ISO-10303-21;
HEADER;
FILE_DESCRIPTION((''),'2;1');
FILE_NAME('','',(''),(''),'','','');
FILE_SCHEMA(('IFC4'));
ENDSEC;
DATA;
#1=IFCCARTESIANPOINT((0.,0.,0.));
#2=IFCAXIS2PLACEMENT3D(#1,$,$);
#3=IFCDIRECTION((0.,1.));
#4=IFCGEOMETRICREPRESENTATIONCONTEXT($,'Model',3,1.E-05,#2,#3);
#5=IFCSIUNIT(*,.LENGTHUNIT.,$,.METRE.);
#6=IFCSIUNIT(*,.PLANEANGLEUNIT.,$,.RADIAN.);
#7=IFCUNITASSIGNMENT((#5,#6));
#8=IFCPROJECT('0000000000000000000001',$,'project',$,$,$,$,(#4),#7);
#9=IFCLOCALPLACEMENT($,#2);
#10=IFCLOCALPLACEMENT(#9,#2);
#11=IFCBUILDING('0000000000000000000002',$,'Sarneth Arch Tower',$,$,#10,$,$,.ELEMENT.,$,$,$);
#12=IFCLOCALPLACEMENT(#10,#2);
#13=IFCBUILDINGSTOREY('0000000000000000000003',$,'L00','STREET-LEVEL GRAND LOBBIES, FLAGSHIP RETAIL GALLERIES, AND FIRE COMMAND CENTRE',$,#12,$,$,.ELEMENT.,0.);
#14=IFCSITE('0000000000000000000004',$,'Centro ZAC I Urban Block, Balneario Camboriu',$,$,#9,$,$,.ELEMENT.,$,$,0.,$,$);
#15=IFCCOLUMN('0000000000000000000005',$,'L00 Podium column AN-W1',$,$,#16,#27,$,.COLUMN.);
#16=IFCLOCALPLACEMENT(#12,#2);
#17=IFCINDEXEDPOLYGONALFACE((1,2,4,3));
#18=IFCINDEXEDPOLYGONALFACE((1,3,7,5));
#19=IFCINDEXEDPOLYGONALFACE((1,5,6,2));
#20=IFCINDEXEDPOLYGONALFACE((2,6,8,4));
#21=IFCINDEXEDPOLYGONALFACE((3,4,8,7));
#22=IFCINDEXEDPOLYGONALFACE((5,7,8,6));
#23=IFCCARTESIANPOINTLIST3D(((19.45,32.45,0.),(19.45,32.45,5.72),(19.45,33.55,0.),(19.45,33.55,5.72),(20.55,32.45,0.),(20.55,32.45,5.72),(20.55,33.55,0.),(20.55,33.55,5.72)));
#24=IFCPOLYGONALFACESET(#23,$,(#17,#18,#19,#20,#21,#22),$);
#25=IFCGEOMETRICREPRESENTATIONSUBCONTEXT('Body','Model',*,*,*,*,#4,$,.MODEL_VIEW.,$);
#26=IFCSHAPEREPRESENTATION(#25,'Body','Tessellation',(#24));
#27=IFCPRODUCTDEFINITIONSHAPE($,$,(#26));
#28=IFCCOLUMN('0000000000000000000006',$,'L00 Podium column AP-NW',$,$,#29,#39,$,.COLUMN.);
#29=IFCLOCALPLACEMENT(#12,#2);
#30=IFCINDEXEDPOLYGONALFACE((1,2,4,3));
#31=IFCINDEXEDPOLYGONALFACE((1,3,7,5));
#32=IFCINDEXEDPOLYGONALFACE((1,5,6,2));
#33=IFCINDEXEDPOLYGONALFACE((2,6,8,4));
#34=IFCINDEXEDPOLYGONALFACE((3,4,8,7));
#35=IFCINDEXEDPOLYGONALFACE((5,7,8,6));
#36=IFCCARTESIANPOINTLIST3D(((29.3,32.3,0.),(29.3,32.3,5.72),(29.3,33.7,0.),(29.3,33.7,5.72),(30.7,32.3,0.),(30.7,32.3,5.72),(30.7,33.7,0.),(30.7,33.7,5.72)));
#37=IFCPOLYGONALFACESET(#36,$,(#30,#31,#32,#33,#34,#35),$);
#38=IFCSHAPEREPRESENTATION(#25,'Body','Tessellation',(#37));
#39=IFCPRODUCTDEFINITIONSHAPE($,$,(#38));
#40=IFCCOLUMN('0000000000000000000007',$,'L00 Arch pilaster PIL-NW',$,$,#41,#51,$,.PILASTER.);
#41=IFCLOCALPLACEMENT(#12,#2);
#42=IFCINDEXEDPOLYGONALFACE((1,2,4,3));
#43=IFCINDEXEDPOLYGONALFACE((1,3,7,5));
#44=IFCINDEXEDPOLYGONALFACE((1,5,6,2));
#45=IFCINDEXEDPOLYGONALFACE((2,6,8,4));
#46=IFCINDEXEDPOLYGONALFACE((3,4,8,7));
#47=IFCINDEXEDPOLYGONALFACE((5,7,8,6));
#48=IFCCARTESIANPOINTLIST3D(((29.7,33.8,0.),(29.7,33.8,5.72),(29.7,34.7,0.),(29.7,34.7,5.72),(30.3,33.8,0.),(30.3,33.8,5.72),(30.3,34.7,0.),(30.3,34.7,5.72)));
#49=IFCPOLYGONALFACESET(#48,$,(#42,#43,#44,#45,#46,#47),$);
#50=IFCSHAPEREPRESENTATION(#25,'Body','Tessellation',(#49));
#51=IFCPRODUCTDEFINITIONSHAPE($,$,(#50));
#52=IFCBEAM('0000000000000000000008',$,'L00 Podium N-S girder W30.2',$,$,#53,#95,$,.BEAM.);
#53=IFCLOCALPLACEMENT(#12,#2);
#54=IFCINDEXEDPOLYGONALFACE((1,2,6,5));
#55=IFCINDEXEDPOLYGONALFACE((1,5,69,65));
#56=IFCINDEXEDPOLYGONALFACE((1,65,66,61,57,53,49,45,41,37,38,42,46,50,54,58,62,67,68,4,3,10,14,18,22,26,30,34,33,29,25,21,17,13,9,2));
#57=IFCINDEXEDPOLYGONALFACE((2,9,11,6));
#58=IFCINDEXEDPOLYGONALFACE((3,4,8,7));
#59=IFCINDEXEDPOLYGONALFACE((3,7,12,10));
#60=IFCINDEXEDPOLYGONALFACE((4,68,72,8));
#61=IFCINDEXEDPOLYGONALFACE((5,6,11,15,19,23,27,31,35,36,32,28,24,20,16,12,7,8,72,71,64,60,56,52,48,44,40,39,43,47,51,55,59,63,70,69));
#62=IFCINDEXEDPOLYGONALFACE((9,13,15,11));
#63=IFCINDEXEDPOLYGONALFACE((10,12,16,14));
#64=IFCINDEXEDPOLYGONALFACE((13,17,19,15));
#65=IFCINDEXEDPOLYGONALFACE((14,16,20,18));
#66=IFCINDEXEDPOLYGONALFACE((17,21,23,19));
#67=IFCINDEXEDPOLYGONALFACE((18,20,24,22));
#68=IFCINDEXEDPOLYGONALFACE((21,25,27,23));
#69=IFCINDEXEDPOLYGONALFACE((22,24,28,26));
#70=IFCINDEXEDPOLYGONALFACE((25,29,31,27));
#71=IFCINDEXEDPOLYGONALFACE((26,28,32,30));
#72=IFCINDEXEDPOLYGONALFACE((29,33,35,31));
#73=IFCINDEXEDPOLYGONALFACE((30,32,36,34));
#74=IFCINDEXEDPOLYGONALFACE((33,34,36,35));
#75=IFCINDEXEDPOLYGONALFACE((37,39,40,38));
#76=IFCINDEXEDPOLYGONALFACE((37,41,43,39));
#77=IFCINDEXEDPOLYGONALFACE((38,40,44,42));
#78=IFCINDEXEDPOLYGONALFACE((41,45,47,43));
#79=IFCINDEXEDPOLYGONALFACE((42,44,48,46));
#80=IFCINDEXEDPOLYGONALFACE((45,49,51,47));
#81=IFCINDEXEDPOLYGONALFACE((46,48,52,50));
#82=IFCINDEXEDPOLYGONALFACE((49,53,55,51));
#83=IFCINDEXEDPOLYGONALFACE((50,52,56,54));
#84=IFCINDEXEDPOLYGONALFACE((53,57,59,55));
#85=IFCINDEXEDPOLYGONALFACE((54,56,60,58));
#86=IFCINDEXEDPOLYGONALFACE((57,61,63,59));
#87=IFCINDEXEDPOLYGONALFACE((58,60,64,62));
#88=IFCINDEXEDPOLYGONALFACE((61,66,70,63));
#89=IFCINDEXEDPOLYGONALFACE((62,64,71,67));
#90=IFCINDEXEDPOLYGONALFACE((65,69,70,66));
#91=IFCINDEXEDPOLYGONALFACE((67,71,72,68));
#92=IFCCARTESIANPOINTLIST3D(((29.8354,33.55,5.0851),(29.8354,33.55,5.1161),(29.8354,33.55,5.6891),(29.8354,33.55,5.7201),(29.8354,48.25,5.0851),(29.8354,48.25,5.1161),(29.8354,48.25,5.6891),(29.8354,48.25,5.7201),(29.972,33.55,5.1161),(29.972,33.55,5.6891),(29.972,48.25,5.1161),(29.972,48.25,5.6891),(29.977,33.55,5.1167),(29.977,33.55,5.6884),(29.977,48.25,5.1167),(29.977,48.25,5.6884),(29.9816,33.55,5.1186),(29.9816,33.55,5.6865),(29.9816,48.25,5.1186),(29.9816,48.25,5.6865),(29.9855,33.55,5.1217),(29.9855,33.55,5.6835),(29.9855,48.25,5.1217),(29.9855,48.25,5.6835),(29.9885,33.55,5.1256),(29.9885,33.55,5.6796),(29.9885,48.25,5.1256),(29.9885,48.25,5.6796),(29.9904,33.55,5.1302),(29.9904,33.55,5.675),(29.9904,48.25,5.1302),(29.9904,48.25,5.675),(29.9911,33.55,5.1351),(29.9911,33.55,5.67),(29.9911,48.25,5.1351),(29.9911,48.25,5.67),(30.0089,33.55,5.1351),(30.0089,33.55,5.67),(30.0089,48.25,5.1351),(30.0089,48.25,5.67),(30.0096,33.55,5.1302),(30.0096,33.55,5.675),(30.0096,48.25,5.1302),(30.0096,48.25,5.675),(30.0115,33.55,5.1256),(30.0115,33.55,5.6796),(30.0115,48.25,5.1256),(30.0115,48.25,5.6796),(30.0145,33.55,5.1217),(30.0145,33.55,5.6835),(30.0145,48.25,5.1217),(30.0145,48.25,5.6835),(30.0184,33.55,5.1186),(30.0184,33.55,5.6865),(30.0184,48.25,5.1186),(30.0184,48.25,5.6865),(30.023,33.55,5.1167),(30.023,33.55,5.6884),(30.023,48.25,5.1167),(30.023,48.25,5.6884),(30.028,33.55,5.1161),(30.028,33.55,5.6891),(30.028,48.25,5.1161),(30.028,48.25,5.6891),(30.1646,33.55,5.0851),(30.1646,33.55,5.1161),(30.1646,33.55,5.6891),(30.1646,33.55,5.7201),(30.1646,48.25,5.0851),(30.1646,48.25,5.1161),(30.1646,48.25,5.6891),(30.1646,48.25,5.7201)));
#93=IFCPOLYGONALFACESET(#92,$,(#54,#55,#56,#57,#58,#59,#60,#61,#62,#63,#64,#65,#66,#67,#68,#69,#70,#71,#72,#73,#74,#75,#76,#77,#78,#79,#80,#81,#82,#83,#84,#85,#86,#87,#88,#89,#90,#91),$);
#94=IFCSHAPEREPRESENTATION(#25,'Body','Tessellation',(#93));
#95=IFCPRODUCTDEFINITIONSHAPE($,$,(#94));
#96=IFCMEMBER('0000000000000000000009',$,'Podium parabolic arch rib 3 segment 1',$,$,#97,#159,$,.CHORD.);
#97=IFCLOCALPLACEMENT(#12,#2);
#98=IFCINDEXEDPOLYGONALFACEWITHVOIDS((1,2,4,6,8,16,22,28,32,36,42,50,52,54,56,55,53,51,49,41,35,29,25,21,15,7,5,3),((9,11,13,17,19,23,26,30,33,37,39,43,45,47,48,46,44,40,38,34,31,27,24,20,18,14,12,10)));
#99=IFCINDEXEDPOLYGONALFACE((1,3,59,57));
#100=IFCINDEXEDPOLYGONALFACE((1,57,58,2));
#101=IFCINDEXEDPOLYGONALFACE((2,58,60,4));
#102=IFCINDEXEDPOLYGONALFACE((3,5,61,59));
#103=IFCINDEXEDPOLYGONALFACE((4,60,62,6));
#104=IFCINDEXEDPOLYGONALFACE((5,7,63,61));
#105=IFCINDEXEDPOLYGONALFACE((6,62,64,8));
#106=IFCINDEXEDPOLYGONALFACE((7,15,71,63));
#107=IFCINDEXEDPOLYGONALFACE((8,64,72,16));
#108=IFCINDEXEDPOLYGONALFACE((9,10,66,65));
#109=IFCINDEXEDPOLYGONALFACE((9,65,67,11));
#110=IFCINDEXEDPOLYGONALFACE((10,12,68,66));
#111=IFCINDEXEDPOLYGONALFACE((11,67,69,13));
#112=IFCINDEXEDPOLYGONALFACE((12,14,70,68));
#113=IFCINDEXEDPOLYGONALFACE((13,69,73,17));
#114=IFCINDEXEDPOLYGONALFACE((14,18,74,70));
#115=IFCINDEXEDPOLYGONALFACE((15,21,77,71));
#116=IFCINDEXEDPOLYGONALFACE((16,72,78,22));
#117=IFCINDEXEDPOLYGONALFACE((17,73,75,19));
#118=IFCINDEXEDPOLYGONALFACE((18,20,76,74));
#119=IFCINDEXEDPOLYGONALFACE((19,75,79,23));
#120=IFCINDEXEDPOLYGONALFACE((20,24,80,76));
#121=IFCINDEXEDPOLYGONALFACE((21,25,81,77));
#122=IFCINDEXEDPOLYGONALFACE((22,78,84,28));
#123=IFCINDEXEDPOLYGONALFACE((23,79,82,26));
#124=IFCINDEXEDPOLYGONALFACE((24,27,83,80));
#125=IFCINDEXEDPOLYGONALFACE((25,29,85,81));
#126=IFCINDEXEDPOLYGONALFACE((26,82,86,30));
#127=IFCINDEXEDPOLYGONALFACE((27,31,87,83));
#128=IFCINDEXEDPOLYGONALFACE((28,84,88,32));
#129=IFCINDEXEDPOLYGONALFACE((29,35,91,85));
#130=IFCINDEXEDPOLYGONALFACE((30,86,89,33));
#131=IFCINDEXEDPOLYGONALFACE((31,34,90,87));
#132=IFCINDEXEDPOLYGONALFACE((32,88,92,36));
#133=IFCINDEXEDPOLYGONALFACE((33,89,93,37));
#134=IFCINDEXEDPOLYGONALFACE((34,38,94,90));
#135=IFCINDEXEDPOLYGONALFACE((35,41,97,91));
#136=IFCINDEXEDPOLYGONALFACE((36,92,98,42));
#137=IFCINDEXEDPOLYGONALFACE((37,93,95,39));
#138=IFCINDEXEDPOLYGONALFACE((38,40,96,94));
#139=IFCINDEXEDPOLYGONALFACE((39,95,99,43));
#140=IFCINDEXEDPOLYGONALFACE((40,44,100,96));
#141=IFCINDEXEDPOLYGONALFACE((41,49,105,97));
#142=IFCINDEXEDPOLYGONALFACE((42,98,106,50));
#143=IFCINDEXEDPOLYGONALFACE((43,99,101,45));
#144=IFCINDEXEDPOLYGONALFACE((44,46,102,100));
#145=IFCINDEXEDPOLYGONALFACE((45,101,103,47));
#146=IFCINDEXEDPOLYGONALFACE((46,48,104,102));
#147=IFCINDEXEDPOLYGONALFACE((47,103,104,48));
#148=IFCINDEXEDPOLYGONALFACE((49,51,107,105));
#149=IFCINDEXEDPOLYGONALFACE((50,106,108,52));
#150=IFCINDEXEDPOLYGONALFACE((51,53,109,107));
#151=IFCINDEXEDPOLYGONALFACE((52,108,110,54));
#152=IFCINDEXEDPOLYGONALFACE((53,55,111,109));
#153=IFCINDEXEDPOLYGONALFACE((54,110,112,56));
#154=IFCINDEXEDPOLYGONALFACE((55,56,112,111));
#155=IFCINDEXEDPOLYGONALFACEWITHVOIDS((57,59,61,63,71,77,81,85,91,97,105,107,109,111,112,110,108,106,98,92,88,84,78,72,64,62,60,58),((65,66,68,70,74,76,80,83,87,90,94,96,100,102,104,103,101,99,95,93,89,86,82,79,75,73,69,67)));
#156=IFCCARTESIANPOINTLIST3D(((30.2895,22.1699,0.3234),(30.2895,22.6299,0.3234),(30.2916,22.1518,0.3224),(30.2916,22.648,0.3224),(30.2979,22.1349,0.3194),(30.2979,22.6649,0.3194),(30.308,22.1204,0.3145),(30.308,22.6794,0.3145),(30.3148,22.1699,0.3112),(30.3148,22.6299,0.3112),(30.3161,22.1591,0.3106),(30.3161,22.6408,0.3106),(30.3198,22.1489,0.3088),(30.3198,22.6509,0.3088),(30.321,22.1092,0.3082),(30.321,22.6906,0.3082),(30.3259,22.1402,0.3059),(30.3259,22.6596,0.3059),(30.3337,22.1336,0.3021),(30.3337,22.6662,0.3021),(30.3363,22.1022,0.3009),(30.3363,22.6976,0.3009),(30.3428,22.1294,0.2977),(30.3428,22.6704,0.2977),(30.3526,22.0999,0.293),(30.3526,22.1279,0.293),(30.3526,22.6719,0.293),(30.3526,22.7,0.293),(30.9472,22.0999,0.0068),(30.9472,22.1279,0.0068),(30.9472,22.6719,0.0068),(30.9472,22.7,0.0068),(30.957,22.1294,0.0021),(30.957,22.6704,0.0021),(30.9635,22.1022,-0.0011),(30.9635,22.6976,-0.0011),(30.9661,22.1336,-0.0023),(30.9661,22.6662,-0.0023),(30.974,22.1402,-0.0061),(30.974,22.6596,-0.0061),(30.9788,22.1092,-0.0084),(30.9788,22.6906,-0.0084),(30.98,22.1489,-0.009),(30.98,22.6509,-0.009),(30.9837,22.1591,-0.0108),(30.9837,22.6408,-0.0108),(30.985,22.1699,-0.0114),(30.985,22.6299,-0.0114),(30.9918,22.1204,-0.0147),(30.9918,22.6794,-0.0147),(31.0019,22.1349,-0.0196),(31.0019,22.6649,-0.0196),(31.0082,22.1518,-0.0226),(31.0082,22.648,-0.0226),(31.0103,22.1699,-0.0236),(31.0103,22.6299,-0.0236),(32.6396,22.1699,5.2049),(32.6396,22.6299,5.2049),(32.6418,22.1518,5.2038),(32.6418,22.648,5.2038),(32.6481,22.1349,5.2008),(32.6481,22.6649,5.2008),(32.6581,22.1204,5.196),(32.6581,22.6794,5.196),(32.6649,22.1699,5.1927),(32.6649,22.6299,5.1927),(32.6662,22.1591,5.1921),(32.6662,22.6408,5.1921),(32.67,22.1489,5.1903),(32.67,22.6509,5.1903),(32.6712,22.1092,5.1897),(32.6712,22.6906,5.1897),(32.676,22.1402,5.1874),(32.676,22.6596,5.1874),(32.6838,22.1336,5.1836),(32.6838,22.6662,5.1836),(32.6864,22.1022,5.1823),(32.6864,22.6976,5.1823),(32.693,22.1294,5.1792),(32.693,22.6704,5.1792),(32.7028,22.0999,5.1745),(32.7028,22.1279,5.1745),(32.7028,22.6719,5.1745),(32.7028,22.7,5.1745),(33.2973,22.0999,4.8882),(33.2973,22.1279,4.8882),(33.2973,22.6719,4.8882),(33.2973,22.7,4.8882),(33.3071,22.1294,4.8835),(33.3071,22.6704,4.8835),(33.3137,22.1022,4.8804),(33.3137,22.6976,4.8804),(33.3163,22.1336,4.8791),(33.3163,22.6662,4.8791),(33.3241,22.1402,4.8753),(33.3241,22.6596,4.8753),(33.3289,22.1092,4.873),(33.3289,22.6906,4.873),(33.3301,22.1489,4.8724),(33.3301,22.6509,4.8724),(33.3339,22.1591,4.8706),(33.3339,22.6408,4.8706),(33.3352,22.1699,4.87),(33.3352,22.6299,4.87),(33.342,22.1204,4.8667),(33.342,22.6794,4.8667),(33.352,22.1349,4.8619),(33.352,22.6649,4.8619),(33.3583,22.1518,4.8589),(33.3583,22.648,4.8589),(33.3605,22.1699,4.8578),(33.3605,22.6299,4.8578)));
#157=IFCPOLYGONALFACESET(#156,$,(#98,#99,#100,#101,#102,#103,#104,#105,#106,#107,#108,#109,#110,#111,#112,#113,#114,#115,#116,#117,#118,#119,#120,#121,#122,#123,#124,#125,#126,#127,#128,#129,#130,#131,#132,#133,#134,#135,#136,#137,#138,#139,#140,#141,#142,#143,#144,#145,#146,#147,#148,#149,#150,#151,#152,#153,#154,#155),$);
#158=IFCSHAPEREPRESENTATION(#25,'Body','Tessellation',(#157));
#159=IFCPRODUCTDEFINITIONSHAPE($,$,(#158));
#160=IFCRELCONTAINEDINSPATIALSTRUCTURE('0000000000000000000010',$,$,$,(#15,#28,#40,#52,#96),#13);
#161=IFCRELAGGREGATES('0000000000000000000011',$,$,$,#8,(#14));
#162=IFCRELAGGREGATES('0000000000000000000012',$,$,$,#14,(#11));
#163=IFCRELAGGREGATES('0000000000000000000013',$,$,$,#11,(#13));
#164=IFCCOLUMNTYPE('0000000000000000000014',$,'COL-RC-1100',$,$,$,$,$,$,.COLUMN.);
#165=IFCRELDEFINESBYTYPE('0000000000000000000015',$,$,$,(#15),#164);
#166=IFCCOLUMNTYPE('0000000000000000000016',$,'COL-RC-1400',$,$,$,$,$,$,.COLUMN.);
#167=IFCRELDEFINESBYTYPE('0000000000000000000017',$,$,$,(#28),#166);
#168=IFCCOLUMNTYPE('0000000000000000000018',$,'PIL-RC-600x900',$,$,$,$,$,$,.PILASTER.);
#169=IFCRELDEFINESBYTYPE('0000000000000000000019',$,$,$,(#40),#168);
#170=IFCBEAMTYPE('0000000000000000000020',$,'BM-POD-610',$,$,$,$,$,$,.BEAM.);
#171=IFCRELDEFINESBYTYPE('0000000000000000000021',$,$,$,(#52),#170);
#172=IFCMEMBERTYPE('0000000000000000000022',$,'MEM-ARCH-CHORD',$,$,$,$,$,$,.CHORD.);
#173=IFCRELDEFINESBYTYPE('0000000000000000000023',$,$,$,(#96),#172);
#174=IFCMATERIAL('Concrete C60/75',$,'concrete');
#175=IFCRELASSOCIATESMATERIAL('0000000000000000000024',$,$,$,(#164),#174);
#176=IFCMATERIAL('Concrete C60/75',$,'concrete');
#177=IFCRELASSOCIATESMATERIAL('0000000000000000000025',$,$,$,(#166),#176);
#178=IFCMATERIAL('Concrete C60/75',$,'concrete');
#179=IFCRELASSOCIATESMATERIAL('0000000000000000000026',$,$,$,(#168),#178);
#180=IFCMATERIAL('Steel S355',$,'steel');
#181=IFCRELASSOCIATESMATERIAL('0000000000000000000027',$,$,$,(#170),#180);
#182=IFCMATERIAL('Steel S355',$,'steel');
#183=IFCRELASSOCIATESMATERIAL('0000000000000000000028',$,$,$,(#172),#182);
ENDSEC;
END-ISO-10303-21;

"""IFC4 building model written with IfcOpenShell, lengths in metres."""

from ifc_helpers import new_model, si_unit, direction, frame, origin, origin_2d, place, context, subcontext, project, spatial, rectangle, hollow_rectangle, i_section, extrude, material, material_profile, profile_set, type_object, element, save


model = new_model("IFC4")

# Units and contexts
model_context = context("Model", 3, precision=1e-05, world=origin(), true_north=direction((0.0, 1.0)))
body_context = subcontext(model_context, "Body", "Model", "MODEL_VIEW")
ifc_project = project(units=[si_unit("LENGTHUNIT", "METRE"), si_unit("PLANEANGLEUNIT", "RADIAN")], contexts=[model_context])

# Site, building, storey
site_placement = place(None, origin())
site = spatial("IfcSite", under=ifc_project, at=site_placement, Name="Centro ZAC I Urban Block, Balneario Camboriu", CompositionType="ELEMENT", RefElevation=0.0)
building_placement = place(site_placement, origin())
building = spatial("IfcBuilding", under=site, at=building_placement, Name="Sarneth Arch Tower", CompositionType="ELEMENT")
storey_placement = place(building_placement, origin())
storey = spatial("IfcBuildingStorey", under=building, at=storey_placement, Name="L00", Description="STREET-LEVEL GRAND LOBBIES, FLAGSHIP RETAIL GALLERIES, AND FIRE COMMAND CENTRE", CompositionType="ELEMENT", Elevation=0.0)

# Columns
ifc_material_1 = material(Name="Concrete C60/75", Category="concrete")
ifc_material_profile_1 = material_profile(ifc_material_1, rectangle(XDim=1.1001, YDim=1.1001, at=origin_2d()), Name="RC-1100x1100")
ifc_profile_set_1 = profile_set([ifc_material_profile_1], Name="Concrete C60/75")
column_type_1 = type_object("IfcColumnType", Name="COL-RC-1100", PredefinedType="COLUMN", material=ifc_profile_set_1)
column_1_placement = place(storey_placement, frame((20.0, 33.0, 0.0), z_axis=(0.0, 0.0, 1.0), x_axis=(1.0, 0.0, 0.0)))
element("IfcColumn", 1, at=column_1_placement, inside=storey, type_object=column_type_1, Name="L00 Podium column AN-W1", PredefinedType="COLUMN", context=body_context, shape_type="SweptSolid", body=[
    extrude(rectangle(XDim=1.1001, YDim=1.1001, at=origin_2d()), origin(), (0.0, 0.0, 1.0), 5.72),
])
ifc_material_2 = material(Name="Concrete C60/75", Category="concrete")
ifc_material_profile_2 = material_profile(ifc_material_2, rectangle(XDim=1.3999, YDim=1.3999, at=origin_2d()), Name="RC-1400x1400")
ifc_profile_set_2 = profile_set([ifc_material_profile_2], Name="Concrete C60/75")
column_type_2 = type_object("IfcColumnType", Name="COL-RC-1400", PredefinedType="COLUMN", material=ifc_profile_set_2)
column_2_placement = place(storey_placement, frame((30.0, 33.0, 0.0), z_axis=(0.0, 0.0, 1.0), x_axis=(1.0, 0.0, 0.0)))
element("IfcColumn", 2, at=column_2_placement, inside=storey, type_object=column_type_2, Name="L00 Podium column AP-NW", PredefinedType="COLUMN", context=body_context, shape_type="SweptSolid", body=[
    extrude(rectangle(XDim=1.3999, YDim=1.3999, at=origin_2d()), origin(), (0.0, 0.0, 1.0), 5.72),
])
ifc_material_3 = material(Name="Concrete C60/75", Category="concrete")
ifc_material_profile_3 = material_profile(ifc_material_3, rectangle(XDim=0.6001, YDim=0.8999, at=origin_2d()), Name="RC-600x900")
ifc_profile_set_3 = profile_set([ifc_material_profile_3], Name="Concrete C60/75")
column_type_3 = type_object("IfcColumnType", Name="PIL-RC-600x900", PredefinedType="PILASTER", material=ifc_profile_set_3)
column_3_placement = place(storey_placement, frame((30.0, 34.25, 0.0), z_axis=(0.0, 0.0, 1.0), x_axis=(1.0, 0.0, 0.0)))
element("IfcColumn", 3, at=column_3_placement, inside=storey, type_object=column_type_3, Name="L00 Arch pilaster PIL-NW", PredefinedType="PILASTER", context=body_context, shape_type="SweptSolid", body=[
    extrude(rectangle(XDim=0.6001, YDim=0.8999, at=origin_2d()), origin(), (0.0, 0.0, 1.0), 5.72),
])

# Beam
ifc_material_4 = material(Name="Steel S355", Category="steel")
ifc_material_profile_4 = material_profile(ifc_material_4, i_section(OverallWidth=0.3291, OverallDepth=0.635, WebThickness=0.0178, FlangeThickness=0.031, FilletRadius=0.019, at=origin_2d()), Name="W610x241")
ifc_profile_set_4 = profile_set([ifc_material_profile_4], Name="Steel S355")
beam_type = type_object("IfcBeamType", Name="BM-POD-610", PredefinedType="BEAM", material=ifc_profile_set_4)
beam_placement = place(storey_placement, frame((30.0, 33.55, 5.4026), z_axis=(0.0, 1.0, 0.0), x_axis=(-1.0, 0.0, 0.0)))
element("IfcBeam", 4, at=beam_placement, inside=storey, type_object=beam_type, Name="L00 Podium N-S girder W30.2", PredefinedType="BEAM", context=body_context, shape_type="SweptSolid", body=[
    extrude(i_section(OverallWidth=0.3291, OverallDepth=0.635, WebThickness=0.0178, FlangeThickness=0.031, FilletRadius=0.019, at=origin_2d()), origin(), (0.0, 0.0, 1.0), 14.7),
])

# Member
ifc_material_5 = material(Name="Steel S355", Category="steel")
ifc_material_profile_5 = material_profile(ifc_material_5, hollow_rectangle(XDim=0.6001, YDim=0.8, WallThickness=0.0281, InnerFilletRadius=0.042, OuterFilletRadius=0.0701, at=origin_2d()), Name="RHS800x600x28")
ifc_profile_set_5 = profile_set([ifc_material_profile_5], Name="Steel S355")
member_type = type_object("IfcMemberType", Name="MEM-ARCH-CHORD", PredefinedType="CHORD", material=ifc_profile_set_5)
for number, where, z_axis, x_axis, name in (
    (5, (30.6499, 22.3999, 0.1499), (0.433789, 0.0, 0.901015), (0.0, 1.0, 0.0), "Podium parabolic arch rib 3 segment 1"),
):
    element("IfcMember", number, at=place(storey_placement, frame(where, z_axis=z_axis, x_axis=x_axis)), inside=storey, type_object=member_type, Name=name, PredefinedType="CHORD", context=body_context, shape_type="SweptSolid", body=[
        extrude(hollow_rectangle(XDim=0.6001, YDim=0.8, WallThickness=0.0281, InnerFilletRadius=0.042, OuterFilletRadius=0.0701, at=origin_2d()), origin(), (0.0, 0.0, 1.0), 5.4177),
    ])

save(model, "model.ifc")
